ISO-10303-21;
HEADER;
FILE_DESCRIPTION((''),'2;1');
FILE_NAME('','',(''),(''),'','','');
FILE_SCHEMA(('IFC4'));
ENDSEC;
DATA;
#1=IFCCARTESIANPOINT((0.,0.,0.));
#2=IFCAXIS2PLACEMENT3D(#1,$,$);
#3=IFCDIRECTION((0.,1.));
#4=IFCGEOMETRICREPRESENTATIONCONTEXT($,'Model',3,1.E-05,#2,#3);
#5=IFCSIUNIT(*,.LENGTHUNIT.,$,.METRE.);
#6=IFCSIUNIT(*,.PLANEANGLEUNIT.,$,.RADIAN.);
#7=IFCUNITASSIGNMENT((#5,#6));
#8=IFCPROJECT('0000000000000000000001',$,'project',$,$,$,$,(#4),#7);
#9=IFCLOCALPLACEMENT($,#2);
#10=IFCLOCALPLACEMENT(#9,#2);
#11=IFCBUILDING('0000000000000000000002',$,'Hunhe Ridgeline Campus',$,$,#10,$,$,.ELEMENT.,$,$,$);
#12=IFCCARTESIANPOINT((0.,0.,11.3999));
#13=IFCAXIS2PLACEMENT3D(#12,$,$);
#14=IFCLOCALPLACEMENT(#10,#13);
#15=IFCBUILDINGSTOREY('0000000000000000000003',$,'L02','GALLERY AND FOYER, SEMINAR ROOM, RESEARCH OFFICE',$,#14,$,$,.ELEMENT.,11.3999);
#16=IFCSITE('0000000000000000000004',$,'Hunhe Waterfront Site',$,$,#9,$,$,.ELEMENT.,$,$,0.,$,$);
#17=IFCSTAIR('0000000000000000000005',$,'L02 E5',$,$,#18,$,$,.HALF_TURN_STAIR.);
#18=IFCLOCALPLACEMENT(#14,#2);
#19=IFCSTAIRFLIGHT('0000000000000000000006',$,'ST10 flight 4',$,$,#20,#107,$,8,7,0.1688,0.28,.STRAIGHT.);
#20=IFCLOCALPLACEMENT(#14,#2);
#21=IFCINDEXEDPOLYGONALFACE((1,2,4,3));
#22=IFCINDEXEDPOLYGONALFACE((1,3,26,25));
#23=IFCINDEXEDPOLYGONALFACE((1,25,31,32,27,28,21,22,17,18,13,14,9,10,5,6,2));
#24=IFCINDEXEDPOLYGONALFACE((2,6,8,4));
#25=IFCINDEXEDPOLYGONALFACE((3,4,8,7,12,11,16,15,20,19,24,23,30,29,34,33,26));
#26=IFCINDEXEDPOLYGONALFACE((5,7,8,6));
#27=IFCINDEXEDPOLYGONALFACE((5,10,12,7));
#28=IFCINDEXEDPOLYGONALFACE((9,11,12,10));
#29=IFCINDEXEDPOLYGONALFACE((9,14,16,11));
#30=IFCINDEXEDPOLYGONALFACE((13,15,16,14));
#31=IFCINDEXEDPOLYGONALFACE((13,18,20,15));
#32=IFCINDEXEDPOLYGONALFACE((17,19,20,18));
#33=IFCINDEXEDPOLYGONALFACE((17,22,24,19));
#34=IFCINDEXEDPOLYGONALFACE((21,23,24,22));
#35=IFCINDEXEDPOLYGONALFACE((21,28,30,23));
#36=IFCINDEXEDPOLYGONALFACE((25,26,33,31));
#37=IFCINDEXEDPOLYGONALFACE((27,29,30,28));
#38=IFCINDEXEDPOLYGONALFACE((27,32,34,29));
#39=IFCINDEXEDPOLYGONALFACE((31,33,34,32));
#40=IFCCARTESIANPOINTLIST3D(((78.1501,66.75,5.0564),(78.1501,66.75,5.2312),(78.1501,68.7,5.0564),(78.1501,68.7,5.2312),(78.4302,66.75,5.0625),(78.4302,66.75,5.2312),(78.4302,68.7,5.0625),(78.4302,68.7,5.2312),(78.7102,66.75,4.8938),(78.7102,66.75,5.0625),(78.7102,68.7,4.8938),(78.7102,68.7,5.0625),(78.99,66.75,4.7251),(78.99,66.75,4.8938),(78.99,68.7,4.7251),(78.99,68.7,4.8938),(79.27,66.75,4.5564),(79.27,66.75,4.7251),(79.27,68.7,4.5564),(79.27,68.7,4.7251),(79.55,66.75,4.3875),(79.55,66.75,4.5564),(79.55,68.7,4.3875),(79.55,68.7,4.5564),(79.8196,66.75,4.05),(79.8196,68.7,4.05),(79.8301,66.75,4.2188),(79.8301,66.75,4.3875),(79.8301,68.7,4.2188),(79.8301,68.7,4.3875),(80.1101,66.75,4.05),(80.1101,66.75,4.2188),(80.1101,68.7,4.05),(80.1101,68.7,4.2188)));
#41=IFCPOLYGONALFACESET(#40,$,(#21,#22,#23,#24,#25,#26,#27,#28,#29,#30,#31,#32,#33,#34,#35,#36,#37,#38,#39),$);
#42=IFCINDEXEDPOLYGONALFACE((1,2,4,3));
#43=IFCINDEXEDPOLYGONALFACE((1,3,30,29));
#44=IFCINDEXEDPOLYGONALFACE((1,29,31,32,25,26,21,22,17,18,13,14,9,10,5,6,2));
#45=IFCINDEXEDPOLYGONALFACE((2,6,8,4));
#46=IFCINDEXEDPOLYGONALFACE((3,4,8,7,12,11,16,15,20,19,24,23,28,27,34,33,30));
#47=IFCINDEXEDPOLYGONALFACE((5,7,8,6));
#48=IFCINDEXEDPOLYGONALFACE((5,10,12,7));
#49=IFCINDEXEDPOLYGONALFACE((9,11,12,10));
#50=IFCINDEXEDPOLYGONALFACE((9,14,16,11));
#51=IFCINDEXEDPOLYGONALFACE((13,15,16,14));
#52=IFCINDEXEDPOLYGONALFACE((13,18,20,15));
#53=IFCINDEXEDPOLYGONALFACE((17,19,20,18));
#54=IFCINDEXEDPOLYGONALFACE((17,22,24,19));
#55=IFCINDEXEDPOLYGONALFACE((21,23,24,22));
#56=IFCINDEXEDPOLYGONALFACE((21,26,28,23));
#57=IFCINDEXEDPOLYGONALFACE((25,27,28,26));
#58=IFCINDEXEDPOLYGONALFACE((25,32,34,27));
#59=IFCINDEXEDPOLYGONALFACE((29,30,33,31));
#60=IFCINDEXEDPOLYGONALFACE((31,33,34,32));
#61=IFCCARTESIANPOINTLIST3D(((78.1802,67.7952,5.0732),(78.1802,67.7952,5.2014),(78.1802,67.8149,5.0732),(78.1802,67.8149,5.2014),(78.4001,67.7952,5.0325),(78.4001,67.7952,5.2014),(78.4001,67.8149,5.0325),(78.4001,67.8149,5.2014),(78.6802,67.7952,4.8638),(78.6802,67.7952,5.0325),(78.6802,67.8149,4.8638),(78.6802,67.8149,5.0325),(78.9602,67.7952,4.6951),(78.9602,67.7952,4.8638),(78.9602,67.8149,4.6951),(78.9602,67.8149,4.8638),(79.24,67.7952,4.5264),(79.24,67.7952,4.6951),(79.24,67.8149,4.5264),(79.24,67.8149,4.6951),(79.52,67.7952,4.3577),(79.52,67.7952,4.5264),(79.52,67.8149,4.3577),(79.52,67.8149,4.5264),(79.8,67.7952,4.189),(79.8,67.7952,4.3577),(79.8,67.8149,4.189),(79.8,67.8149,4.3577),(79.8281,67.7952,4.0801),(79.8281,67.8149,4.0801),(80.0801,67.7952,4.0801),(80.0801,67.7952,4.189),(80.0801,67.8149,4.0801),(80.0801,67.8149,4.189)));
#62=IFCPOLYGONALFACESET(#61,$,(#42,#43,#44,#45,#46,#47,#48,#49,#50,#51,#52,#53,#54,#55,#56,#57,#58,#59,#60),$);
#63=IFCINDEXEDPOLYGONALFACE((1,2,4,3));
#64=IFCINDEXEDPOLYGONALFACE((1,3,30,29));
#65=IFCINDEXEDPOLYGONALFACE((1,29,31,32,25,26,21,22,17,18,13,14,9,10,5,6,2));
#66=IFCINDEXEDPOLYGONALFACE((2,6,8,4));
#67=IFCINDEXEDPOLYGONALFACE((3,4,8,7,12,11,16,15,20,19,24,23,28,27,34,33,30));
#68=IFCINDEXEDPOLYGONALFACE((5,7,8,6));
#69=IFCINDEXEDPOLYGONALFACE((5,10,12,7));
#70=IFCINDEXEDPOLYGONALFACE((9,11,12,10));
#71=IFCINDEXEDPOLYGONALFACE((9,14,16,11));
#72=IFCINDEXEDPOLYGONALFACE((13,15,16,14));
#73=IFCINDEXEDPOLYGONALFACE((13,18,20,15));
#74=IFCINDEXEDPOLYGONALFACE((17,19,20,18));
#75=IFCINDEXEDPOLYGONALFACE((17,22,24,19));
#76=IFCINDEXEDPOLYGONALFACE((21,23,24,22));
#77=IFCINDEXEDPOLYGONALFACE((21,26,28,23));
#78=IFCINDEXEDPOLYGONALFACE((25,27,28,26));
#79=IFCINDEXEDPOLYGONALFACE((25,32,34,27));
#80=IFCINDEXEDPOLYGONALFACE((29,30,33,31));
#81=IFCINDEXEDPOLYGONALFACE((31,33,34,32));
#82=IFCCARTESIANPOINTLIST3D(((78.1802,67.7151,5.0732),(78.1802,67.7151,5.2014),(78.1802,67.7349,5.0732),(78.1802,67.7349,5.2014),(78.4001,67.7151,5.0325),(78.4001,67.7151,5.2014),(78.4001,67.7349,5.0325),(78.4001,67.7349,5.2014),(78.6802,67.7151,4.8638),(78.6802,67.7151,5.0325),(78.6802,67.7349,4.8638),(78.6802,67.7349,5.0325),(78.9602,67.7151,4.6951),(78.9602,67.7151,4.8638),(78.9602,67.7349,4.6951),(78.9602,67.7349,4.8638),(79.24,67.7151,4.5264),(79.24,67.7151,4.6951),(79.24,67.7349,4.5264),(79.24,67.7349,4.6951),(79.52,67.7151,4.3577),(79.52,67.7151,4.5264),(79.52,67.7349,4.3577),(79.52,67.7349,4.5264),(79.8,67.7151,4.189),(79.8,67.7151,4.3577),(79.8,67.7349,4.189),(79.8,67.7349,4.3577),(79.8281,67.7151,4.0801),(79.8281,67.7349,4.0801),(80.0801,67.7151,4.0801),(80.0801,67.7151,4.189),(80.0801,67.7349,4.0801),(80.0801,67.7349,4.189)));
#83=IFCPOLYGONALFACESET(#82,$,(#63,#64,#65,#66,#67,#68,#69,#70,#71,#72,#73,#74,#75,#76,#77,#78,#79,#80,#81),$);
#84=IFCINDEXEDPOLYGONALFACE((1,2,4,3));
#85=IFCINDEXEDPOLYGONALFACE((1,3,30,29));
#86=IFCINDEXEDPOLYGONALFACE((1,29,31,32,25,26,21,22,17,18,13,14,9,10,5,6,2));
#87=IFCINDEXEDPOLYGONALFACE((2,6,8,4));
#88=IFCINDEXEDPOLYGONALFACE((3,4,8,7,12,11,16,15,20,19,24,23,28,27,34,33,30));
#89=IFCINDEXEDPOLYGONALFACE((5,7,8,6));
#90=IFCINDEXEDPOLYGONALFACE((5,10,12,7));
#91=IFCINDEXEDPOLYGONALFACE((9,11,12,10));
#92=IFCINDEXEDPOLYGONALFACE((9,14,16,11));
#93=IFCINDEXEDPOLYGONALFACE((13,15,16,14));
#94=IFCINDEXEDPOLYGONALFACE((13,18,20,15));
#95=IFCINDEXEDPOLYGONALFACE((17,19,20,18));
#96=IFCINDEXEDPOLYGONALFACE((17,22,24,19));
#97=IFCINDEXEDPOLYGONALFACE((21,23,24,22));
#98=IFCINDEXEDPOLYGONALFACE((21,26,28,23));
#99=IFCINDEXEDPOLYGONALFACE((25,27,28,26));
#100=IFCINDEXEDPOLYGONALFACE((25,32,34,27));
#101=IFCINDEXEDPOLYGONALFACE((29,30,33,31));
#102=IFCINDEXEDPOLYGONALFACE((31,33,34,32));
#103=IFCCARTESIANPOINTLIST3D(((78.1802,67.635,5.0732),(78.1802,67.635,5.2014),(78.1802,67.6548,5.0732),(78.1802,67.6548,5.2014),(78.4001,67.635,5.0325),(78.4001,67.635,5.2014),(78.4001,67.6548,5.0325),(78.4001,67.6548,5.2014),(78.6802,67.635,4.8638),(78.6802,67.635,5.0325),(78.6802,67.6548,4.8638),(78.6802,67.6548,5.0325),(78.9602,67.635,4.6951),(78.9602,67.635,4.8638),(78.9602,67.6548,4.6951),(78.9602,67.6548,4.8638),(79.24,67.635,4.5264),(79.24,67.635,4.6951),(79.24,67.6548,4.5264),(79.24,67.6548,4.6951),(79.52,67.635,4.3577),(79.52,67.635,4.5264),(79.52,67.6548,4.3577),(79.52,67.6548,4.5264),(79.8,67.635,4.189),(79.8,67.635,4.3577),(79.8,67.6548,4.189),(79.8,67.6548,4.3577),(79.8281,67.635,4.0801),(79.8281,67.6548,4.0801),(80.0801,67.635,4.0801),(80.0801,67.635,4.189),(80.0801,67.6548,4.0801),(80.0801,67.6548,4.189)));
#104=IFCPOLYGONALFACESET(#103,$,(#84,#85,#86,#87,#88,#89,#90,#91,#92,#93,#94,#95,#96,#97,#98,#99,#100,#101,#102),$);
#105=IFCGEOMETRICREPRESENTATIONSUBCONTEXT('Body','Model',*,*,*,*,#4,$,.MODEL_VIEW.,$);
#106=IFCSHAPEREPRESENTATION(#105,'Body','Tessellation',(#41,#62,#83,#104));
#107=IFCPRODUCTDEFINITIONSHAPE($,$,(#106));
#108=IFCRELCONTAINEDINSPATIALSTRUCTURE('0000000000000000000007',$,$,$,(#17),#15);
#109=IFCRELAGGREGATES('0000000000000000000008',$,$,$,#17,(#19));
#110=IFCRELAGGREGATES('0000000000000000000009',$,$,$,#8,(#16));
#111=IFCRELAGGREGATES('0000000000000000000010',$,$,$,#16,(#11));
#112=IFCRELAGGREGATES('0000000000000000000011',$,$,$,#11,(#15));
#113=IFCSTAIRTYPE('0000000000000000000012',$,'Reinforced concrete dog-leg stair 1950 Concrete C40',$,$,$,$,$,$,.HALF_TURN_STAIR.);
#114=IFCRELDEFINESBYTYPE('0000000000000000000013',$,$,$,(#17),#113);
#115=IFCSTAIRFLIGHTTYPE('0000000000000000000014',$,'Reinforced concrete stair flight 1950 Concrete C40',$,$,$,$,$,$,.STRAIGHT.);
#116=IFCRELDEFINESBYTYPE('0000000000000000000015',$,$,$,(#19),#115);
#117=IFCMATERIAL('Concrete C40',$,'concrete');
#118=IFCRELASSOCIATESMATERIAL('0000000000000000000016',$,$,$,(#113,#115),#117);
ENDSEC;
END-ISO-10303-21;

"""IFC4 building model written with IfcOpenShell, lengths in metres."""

from ifc_helpers import new_model, si_unit, direction, frame, origin, place, context, subcontext, project, spatial, polyline, outline, extrude, material, type_object, element, aggregate, save


model = new_model("IFC4")

# Units and contexts
model_context = context("Model", 3, precision=1e-05, world=origin(), true_north=direction((0.0, 1.0)))
body_context = subcontext(model_context, "Body", "Model", "MODEL_VIEW")
ifc_project = project(units=[si_unit("LENGTHUNIT", "METRE"), si_unit("PLANEANGLEUNIT", "RADIAN")], contexts=[model_context])

# Site, building, storey
site_placement = place(None, origin())
site = spatial("IfcSite", under=ifc_project, at=site_placement, Name="Hunhe Waterfront Site", CompositionType="ELEMENT", RefElevation=0.0)
building_placement = place(site_placement, origin())
building = spatial("IfcBuilding", under=site, at=building_placement, Name="Hunhe Ridgeline Campus", CompositionType="ELEMENT")
storey_placement = place(building_placement, frame((0.0, 0.0, 11.3999)))
storey = spatial("IfcBuildingStorey", under=building, at=storey_placement, Name="L02", Description="GALLERY AND FOYER, SEMINAR ROOM, RESEARCH OFFICE", CompositionType="ELEMENT", Elevation=11.3999)

# Shared definitions
ifc_material_1 = material(Name="Concrete C40", Category="concrete")
stair_type = type_object("IfcStairType", Name="Reinforced concrete dog-leg stair 1950 Concrete C40", PredefinedType="HALF_TURN_STAIR", material=ifc_material_1)
stair_flight_type = type_object("IfcStairFlightType", Name="Reinforced concrete stair flight 1950 Concrete C40", PredefinedType="STRAIGHT", material=ifc_material_1)

# Stair, stair flight
stair_1_placement = place(storey_placement, origin())
stair_1 = element("IfcStair", 1, at=stair_1_placement, inside=storey, type_object=stair_type, Name="L02 E5", PredefinedType="HALF_TURN_STAIR")
stair_flight_1_placement = place(storey_placement, frame((80.1101, 67.7251, 4.05), z_axis=(0.0, 0.0, 1.0), x_axis=(-1.0, 0.0, 0.0)))
stair_flight_1 = element("IfcStairFlight", 2, at=stair_flight_1_placement, type_object=stair_flight_type, Name="ST10 flight 4", NumberOfRisers=8, NumberOfTreads=7, PredefinedType="STRAIGHT", RiserHeight=0.1688, TreadLength=0.28, context=body_context, shape_type="SweptSolid", body=[
    extrude(outline(polyline([(0.0, 0.0), (0.0, 0.1687), (0.28, 0.1687), (0.28, 0.3374), (0.5601, 0.3374), (0.5601, 0.5063), (0.8401, 0.5063), (0.8401, 0.675), (1.1201, 0.675), (1.1201, 0.8438), (1.3999, 0.8438), (1.3999, 1.0125), (1.6799, 1.0125), (1.6799, 1.1812), (1.96, 1.1812), (1.96, 1.3501), (1.96, 1.0063), (0.2905, 0.0), (0.0, 0.0)])), frame((0.0, 0.9751, 0.0), z_axis=(0.0, -1.0, 0.0), x_axis=(1.0, 0.0, 0.0)), (0.0, 0.0, 1.0), 1.95),
    extrude(outline(polyline([(0.03, 0.03), (0.03, 0.1389), (0.3101, 0.1389), (0.3101, 0.3076), (0.5901, 0.3076), (0.5901, 0.4763), (0.8701, 0.4763), (0.8701, 0.645), (1.1499, 0.645), (1.1499, 0.8137), (1.4299, 0.8137), (1.4299, 0.9824), (1.71, 0.9824), (1.71, 1.1514), (1.9299, 1.1514), (1.9299, 1.0232), (0.282, 0.03), (0.03, 0.03)])), frame((0.0, -0.0701, 0.0), z_axis=(0.0, -1.0, 0.0), x_axis=(1.0, 0.0, 0.0)), (0.0, 0.0, 1.0), 0.0198),
    extrude(outline(polyline([(0.03, 0.03), (0.03, 0.1389), (0.3101, 0.1389), (0.3101, 0.3076), (0.5901, 0.3076), (0.5901, 0.4763), (0.8701, 0.4763), (0.8701, 0.645), (1.1499, 0.645), (1.1499, 0.8137), (1.4299, 0.8137), (1.4299, 0.9824), (1.71, 0.9824), (1.71, 1.1514), (1.9299, 1.1514), (1.9299, 1.0232), (0.282, 0.03), (0.03, 0.03)])), frame((0.0, 0.01, 0.0), z_axis=(0.0, -1.0, 0.0), x_axis=(1.0, 0.0, 0.0)), (0.0, 0.0, 1.0), 0.0198),
    extrude(outline(polyline([(0.03, 0.03), (0.03, 0.1389), (0.3101, 0.1389), (0.3101, 0.3076), (0.5901, 0.3076), (0.5901, 0.4763), (0.8701, 0.4763), (0.8701, 0.645), (1.1499, 0.645), (1.1499, 0.8137), (1.4299, 0.8137), (1.4299, 0.9824), (1.71, 0.9824), (1.71, 1.1514), (1.9299, 1.1514), (1.9299, 1.0232), (0.282, 0.03), (0.03, 0.03)])), frame((0.0, 0.0901, 0.0), z_axis=(0.0, -1.0, 0.0), x_axis=(1.0, 0.0, 0.0)), (0.0, 0.0, 1.0), 0.0198),
])
aggregate(stair_1, [stair_flight_1])

save(model, "model.ifc")
